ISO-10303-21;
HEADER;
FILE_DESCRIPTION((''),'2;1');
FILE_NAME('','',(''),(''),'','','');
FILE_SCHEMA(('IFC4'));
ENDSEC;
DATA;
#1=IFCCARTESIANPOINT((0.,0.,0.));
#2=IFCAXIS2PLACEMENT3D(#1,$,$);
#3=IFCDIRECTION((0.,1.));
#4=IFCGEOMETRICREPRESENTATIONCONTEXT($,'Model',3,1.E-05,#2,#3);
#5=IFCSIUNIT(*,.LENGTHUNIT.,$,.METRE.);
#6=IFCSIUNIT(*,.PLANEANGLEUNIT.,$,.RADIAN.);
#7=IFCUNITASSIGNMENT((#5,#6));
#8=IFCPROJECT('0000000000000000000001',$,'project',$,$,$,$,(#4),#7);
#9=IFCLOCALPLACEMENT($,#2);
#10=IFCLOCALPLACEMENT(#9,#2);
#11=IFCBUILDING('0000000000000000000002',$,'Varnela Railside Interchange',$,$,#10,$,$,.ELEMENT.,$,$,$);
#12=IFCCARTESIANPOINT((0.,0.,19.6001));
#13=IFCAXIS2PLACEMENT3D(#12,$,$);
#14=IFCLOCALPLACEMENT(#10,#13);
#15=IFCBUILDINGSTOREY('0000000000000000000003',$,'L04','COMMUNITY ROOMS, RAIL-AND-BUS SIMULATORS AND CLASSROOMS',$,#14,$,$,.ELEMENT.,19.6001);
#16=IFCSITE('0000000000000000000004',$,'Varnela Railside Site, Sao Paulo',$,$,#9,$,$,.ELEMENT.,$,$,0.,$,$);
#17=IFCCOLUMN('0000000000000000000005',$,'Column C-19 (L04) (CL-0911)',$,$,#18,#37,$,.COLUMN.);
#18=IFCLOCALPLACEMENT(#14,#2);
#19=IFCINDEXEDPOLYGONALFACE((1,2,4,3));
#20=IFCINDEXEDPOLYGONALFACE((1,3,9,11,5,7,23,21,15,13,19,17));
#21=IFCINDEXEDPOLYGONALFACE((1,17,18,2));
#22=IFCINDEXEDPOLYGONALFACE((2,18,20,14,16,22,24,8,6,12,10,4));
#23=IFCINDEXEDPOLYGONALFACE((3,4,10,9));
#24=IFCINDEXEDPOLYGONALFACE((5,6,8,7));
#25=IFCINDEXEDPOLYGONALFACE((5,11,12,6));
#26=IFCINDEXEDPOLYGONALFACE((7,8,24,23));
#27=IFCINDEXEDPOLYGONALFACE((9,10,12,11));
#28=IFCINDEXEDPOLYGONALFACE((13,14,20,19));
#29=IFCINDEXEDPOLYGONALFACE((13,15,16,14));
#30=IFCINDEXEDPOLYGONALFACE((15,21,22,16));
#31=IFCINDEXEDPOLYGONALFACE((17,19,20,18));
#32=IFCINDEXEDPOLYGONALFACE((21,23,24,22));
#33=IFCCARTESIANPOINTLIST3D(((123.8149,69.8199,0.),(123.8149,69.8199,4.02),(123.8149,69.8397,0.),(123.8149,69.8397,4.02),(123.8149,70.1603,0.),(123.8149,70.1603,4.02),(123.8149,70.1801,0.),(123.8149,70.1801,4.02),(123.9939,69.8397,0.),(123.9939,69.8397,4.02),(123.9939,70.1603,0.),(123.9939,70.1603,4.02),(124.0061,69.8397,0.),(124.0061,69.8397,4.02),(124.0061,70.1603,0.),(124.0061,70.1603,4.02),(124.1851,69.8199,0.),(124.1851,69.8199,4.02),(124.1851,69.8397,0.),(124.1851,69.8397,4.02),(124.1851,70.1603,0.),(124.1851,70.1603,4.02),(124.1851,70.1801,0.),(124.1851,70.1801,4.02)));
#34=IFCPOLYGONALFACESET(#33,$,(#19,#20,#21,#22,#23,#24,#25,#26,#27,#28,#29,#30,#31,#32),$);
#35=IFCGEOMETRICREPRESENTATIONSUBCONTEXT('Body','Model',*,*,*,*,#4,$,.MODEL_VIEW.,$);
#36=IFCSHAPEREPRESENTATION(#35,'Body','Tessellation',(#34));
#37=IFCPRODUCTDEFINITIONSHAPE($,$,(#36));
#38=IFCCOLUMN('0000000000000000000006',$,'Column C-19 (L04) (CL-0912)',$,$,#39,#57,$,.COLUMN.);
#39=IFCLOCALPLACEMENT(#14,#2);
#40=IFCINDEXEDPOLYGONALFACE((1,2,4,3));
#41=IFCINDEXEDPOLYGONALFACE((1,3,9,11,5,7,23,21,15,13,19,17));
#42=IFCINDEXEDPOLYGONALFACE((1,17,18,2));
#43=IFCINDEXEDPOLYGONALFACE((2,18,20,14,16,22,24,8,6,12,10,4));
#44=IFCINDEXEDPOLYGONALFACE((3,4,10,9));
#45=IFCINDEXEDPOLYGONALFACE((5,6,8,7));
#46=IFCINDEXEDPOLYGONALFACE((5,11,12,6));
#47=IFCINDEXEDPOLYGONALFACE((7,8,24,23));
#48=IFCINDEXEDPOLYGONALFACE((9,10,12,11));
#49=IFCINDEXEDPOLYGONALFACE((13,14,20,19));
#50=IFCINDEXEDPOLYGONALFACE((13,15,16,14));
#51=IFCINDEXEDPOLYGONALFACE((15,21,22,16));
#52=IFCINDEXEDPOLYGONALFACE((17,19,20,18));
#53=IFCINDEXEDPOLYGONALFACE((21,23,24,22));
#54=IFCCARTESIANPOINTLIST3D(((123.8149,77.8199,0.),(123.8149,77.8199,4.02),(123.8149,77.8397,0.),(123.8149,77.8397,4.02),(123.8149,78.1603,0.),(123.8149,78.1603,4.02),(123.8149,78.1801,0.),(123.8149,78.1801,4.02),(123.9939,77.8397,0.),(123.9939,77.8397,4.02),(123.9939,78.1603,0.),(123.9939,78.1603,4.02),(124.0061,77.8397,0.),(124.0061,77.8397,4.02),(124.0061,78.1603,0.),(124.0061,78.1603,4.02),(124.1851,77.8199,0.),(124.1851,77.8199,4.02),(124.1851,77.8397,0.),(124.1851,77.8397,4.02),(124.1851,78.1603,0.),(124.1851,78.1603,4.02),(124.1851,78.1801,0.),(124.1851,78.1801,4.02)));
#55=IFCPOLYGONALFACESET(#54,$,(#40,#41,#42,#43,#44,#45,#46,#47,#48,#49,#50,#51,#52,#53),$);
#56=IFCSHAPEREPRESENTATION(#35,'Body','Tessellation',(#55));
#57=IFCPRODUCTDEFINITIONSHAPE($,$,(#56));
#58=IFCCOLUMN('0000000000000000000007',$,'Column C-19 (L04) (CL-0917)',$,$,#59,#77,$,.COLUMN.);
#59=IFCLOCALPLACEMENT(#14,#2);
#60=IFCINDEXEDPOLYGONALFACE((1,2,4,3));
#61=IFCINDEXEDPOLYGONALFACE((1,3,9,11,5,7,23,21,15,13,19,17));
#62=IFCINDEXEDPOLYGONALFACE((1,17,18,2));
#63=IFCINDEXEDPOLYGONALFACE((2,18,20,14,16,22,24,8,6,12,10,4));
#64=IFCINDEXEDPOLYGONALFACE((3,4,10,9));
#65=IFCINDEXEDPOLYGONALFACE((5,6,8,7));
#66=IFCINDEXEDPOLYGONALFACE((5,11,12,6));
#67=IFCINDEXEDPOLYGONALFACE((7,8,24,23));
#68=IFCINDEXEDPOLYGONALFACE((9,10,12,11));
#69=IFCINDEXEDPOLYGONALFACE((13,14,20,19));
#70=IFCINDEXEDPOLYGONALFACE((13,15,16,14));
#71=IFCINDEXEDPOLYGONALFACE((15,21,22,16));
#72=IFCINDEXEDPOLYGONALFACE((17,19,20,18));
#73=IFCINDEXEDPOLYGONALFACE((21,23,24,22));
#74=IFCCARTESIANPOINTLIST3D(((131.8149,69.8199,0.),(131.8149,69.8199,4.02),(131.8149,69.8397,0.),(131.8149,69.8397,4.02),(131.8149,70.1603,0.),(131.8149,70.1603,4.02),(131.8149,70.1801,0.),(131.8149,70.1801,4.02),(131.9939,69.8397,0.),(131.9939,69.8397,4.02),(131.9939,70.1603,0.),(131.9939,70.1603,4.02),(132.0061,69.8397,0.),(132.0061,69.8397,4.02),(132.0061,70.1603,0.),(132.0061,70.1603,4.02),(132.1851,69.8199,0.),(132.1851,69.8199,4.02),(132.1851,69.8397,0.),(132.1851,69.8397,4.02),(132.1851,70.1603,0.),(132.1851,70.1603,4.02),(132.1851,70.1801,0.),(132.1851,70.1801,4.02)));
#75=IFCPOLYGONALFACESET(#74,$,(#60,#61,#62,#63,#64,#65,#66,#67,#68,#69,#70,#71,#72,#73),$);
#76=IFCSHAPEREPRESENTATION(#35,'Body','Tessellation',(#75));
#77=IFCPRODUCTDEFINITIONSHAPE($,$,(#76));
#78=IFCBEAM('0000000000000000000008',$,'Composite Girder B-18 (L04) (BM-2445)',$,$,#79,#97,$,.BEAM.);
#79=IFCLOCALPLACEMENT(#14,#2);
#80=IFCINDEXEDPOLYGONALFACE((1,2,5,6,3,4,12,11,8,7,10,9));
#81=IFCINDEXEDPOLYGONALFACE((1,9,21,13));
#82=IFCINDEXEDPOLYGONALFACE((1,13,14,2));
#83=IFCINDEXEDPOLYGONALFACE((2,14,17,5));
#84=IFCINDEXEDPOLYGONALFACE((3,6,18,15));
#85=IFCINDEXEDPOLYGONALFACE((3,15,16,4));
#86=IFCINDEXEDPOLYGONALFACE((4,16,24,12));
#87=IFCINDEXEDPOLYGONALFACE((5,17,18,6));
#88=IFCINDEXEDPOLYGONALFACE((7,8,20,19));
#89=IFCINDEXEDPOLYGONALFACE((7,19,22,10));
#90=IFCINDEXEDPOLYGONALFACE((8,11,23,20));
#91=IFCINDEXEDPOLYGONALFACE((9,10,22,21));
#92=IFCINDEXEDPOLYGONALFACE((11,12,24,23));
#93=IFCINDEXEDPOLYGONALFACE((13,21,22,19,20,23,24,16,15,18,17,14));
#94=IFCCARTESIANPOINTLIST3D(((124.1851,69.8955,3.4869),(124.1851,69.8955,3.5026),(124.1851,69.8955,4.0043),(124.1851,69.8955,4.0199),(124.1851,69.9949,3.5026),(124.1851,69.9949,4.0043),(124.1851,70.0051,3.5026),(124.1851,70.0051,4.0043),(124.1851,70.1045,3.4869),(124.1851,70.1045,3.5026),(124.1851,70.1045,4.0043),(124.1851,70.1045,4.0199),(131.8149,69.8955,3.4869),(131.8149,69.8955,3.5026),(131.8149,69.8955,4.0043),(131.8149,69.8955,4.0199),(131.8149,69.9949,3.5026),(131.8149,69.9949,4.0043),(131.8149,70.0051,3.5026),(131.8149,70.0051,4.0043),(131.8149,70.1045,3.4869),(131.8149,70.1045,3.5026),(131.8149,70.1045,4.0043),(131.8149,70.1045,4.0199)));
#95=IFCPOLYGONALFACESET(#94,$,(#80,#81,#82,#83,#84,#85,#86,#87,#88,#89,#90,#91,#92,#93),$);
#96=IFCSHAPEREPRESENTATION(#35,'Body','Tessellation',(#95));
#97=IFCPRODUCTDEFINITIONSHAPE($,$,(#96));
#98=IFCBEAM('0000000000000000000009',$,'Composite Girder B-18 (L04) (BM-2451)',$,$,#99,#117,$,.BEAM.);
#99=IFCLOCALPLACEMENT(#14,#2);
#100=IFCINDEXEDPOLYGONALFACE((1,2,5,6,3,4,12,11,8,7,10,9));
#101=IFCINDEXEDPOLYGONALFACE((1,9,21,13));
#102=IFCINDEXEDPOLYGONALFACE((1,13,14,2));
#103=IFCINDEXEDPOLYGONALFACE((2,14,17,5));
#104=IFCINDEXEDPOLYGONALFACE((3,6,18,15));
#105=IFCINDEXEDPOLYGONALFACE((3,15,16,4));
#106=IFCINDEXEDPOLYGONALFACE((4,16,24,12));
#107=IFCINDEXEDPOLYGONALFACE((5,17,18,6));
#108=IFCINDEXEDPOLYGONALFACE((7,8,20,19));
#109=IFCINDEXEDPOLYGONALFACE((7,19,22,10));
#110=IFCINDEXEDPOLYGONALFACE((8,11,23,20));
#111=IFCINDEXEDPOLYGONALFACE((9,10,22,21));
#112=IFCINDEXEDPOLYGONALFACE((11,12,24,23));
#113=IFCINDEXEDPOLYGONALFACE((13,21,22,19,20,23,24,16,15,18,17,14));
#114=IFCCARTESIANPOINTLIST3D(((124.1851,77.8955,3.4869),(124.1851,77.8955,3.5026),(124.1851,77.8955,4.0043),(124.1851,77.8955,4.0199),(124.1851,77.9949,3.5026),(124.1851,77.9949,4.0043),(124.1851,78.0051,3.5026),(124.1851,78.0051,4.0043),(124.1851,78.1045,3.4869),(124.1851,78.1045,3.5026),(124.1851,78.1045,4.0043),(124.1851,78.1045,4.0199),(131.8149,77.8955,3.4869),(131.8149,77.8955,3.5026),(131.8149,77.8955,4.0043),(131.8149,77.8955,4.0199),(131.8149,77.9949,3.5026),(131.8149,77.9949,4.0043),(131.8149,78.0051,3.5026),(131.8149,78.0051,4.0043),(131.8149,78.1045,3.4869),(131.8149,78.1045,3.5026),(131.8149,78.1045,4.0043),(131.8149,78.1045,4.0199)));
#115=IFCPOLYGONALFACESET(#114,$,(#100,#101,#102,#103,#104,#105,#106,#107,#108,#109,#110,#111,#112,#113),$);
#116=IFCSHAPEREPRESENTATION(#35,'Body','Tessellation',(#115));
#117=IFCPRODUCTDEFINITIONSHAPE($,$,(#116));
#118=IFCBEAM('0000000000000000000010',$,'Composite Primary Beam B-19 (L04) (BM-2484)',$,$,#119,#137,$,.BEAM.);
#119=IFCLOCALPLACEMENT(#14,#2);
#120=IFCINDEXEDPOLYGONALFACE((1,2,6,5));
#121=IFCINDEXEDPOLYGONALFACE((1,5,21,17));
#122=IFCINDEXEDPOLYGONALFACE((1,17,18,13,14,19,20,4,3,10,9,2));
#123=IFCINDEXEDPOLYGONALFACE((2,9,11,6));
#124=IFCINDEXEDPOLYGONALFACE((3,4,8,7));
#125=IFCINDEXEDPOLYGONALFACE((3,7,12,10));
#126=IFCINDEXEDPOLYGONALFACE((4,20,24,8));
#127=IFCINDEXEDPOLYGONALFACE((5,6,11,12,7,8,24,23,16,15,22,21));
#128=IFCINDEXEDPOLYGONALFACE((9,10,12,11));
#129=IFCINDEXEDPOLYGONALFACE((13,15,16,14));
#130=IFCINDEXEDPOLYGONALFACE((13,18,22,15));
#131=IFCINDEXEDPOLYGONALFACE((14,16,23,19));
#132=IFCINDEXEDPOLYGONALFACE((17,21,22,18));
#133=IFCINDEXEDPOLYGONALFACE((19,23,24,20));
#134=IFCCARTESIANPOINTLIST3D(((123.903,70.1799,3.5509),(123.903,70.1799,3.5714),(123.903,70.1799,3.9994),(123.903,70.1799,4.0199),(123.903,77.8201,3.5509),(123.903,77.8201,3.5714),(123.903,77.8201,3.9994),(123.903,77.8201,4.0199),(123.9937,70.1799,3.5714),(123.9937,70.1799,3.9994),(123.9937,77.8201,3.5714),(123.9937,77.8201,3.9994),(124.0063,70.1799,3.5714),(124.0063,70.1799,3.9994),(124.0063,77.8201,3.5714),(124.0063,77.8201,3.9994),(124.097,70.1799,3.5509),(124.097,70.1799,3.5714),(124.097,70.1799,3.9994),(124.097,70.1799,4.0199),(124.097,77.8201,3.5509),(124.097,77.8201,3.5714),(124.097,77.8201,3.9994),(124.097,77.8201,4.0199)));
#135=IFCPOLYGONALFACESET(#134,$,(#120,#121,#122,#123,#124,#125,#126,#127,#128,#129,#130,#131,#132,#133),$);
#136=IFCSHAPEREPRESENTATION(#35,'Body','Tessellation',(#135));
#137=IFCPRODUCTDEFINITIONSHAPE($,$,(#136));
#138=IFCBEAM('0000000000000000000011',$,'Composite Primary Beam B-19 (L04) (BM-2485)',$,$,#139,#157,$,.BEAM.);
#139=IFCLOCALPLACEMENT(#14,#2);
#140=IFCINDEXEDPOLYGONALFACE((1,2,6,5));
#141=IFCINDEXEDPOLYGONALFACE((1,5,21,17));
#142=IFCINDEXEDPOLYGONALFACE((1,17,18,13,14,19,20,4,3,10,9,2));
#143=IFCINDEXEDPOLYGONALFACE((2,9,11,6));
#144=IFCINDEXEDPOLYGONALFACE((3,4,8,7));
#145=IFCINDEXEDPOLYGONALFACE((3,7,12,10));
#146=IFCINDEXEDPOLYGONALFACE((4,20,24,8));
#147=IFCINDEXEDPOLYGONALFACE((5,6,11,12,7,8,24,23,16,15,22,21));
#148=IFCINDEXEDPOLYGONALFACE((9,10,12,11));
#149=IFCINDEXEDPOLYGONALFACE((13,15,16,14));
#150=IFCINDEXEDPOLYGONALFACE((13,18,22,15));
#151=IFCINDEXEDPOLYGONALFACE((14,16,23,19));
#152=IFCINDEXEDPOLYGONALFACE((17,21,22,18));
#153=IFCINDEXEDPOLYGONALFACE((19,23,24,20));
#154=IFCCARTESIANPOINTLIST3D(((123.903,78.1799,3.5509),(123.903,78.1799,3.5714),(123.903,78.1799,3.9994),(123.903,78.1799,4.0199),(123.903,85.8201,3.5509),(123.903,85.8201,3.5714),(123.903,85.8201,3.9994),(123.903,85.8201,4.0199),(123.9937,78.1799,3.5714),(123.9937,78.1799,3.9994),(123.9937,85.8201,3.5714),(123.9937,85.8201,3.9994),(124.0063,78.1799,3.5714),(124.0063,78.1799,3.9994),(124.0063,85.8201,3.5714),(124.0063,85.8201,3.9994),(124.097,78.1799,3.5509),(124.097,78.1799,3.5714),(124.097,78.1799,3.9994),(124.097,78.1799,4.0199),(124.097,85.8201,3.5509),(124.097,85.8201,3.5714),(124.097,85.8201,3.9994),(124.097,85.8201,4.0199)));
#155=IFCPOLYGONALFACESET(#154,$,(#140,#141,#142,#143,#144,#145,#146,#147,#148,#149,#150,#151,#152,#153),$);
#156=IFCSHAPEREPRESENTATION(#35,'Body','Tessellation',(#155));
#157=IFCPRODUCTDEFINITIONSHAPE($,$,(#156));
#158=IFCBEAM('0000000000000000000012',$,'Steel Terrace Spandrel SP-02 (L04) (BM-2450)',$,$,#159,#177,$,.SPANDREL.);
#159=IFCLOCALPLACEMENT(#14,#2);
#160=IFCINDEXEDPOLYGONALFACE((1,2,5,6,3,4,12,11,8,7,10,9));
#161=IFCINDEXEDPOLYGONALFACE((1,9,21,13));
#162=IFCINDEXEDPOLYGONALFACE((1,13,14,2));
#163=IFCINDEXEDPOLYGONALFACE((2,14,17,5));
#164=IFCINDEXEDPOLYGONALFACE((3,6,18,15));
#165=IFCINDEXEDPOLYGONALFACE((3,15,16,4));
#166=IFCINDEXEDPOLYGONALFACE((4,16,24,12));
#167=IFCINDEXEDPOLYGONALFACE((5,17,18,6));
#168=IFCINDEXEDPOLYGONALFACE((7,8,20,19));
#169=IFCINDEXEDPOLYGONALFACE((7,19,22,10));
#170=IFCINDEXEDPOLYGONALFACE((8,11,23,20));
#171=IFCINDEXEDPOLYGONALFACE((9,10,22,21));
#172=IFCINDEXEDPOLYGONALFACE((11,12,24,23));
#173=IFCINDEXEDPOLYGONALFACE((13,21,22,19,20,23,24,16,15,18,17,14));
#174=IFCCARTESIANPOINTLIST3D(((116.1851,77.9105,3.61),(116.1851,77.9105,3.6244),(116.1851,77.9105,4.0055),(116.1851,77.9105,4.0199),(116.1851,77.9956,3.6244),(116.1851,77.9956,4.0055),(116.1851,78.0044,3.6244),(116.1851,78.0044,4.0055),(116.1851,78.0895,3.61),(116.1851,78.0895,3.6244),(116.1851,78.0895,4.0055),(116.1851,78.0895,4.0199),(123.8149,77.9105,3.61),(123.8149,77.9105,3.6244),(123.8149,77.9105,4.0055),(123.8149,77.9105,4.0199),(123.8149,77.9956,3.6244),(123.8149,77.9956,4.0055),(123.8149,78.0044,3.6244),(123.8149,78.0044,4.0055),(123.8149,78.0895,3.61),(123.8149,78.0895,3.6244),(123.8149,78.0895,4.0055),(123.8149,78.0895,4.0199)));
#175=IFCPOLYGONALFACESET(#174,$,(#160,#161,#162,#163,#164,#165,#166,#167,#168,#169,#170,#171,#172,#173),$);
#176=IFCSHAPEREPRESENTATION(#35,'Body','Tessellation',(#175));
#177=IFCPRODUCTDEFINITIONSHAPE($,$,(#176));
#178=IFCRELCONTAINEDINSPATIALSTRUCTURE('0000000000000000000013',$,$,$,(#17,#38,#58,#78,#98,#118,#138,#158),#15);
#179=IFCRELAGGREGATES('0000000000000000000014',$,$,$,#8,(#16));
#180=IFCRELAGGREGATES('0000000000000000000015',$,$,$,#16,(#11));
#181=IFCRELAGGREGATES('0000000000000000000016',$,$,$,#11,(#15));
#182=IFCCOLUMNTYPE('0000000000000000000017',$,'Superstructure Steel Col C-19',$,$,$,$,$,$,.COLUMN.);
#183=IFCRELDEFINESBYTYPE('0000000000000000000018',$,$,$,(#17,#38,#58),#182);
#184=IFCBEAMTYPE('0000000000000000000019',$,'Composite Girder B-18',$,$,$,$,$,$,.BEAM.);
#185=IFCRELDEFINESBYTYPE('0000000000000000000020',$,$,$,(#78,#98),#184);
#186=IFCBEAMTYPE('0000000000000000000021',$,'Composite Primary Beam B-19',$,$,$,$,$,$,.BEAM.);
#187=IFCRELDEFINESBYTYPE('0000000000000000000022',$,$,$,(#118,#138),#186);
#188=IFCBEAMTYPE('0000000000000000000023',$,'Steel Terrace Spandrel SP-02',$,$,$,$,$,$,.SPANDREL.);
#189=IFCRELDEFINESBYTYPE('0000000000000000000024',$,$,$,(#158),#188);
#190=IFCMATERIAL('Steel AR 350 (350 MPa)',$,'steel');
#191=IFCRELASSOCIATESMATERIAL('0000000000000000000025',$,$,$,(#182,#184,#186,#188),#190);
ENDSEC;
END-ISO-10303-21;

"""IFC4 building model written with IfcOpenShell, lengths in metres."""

from ifc_helpers import new_model, si_unit, direction, frame, origin, origin_2d, place, context, subcontext, project, spatial, i_section, extrude, material, material_profile, profile_set, type_object, element, save


model = new_model("IFC4")

# Units and contexts
model_context = context("Model", 3, precision=1e-05, world=origin(), true_north=direction((0.0, 1.0)))
body_context = subcontext(model_context, "Body", "Model", "MODEL_VIEW")
ifc_project = project(units=[si_unit("LENGTHUNIT", "METRE"), si_unit("PLANEANGLEUNIT", "RADIAN")], contexts=[model_context])

# Site, building, storey
site_placement = place(None, origin())
site = spatial("IfcSite", under=ifc_project, at=site_placement, Name="Varnela Railside Site, Sao Paulo", CompositionType="ELEMENT", RefElevation=0.0)
building_placement = place(site_placement, origin())
building = spatial("IfcBuilding", under=site, at=building_placement, Name="Varnela Railside Interchange", CompositionType="ELEMENT")
storey_placement = place(building_placement, frame((0.0, 0.0, 19.6001)))
storey = spatial("IfcBuildingStorey", under=building, at=storey_placement, Name="L04", Description="COMMUNITY ROOMS, RAIL-AND-BUS SIMULATORS AND CLASSROOMS", CompositionType="ELEMENT", Elevation=19.6001)

# Columns
ifc_material_1 = material(Name="Steel AR 350 (350 MPa)", Category="steel")
ifc_material_profile_1 = material_profile(ifc_material_1, i_section(OverallWidth=0.3701, OverallDepth=0.3601, WebThickness=0.0122, FlangeThickness=0.0198, at=origin_2d()), Name="W360x147")
ifc_profile_set_1 = profile_set([ifc_material_profile_1], Name="Steel AR 350 (350 MPa)")
column_type = type_object("IfcColumnType", Name="Superstructure Steel Col C-19", PredefinedType="COLUMN", material=ifc_profile_set_1)
for number, where, z_axis, x_axis, name in (
    (1, (124.0, 70.0, 0.0), (0.0, 0.0, 1.0), (1.0, 0.0, 0.0), "Column C-19 (L04) (CL-0911)"),
    (2, (124.0, 78.0, 0.0), (0.0, 0.0, 1.0), (1.0, 0.0, 0.0), "Column C-19 (L04) (CL-0912)"),
    (3, (132.0, 70.0, 0.0), (0.0, 0.0, 1.0), (1.0, 0.0, 0.0), "Column C-19 (L04) (CL-0917)"),
):
    element("IfcColumn", number, at=place(storey_placement, frame(where, z_axis=z_axis, x_axis=x_axis)), inside=storey, type_object=column_type, Name=name, PredefinedType="COLUMN", context=body_context, shape_type="SweptSolid", body=[
        extrude(i_section(OverallWidth=0.3701, OverallDepth=0.3601, WebThickness=0.0122, FlangeThickness=0.0198, at=origin_2d()), origin(), (0.0, 0.0, 1.0), 4.02),
    ])

# Beams
ifc_material_profile_2 = material_profile(ifc_material_1, i_section(OverallWidth=0.209, OverallDepth=0.533, WebThickness=0.0103, FlangeThickness=0.0156, at=origin_2d()), Name="W530x92")
ifc_profile_set_2 = profile_set([ifc_material_profile_2], Name="Steel AR 350 (350 MPa)")
beam_type_1 = type_object("IfcBeamType", Name="Composite Girder B-18", PredefinedType="BEAM", material=ifc_profile_set_2)
for number, where, z_axis, x_axis, name in (
    (4, (124.1851, 70.0, 3.7534), (1.0, 0.0, 0.0), (0.0, 1.0, 0.0), "Composite Girder B-18 (L04) (BM-2445)"),
    (5, (124.1851, 78.0, 3.7534), (1.0, 0.0, 0.0), (0.0, 1.0, 0.0), "Composite Girder B-18 (L04) (BM-2451)"),
):
    element("IfcBeam", number, at=place(storey_placement, frame(where, z_axis=z_axis, x_axis=x_axis)), inside=storey, type_object=beam_type_1, Name=name, PredefinedType="BEAM", context=body_context, shape_type="SweptSolid", body=[
        extrude(i_section(OverallWidth=0.209, OverallDepth=0.533, WebThickness=0.0103, FlangeThickness=0.0156, at=origin_2d()), origin(), (0.0, 0.0, 1.0), 7.6299),
    ])
ifc_material_profile_3 = material_profile(ifc_material_1, i_section(OverallWidth=0.1941, OverallDepth=0.469, WebThickness=0.0127, FlangeThickness=0.0205, at=origin_2d()), Name="W460x106")
ifc_profile_set_3 = profile_set([ifc_material_profile_3], Name="Steel AR 350 (350 MPa)")
beam_type_2 = type_object("IfcBeamType", Name="Composite Primary Beam B-19", PredefinedType="BEAM", material=ifc_profile_set_3)
for number, where, z_axis, x_axis, name in (
    (6, (124.0, 70.1799, 3.7854), (0.0, 1.0, 0.0), (-1.0, 0.0, 0.0), "Composite Primary Beam B-19 (L04) (BM-2484)"),
    (7, (124.0, 78.1799, 3.7854), (0.0, 1.0, 0.0), (-1.0, 0.0, 0.0), "Composite Primary Beam B-19 (L04) (BM-2485)"),
):
    element("IfcBeam", number, at=place(storey_placement, frame(where, z_axis=z_axis, x_axis=x_axis)), inside=storey, type_object=beam_type_2, Name=name, PredefinedType="BEAM", context=body_context, shape_type="SweptSolid", body=[
        extrude(i_section(OverallWidth=0.1941, OverallDepth=0.469, WebThickness=0.0127, FlangeThickness=0.0205, at=origin_2d()), origin(), (0.0, 0.0, 1.0), 7.6401),
    ])
ifc_material_profile_4 = material_profile(ifc_material_1, i_section(OverallWidth=0.179, OverallDepth=0.4099, WebThickness=0.0088, FlangeThickness=0.0144, at=origin_2d()), Name="W410x67")
ifc_profile_set_4 = profile_set([ifc_material_profile_4], Name="Steel AR 350 (350 MPa)")
beam_type_3 = type_object("IfcBeamType", Name="Steel Terrace Spandrel SP-02", PredefinedType="SPANDREL", material=ifc_profile_set_4)
beam_placement = place(storey_placement, frame((116.1851, 78.0, 3.8149), z_axis=(1.0, 0.0, 0.0), x_axis=(0.0, 1.0, 0.0)))
element("IfcBeam", 8, at=beam_placement, inside=storey, type_object=beam_type_3, Name="Steel Terrace Spandrel SP-02 (L04) (BM-2450)", PredefinedType="SPANDREL", context=body_context, shape_type="SweptSolid", body=[
    extrude(i_section(OverallWidth=0.179, OverallDepth=0.4099, WebThickness=0.0088, FlangeThickness=0.0144, at=origin_2d()), origin(), (0.0, 0.0, 1.0), 7.6299),
])

save(model, "model.ifc")
